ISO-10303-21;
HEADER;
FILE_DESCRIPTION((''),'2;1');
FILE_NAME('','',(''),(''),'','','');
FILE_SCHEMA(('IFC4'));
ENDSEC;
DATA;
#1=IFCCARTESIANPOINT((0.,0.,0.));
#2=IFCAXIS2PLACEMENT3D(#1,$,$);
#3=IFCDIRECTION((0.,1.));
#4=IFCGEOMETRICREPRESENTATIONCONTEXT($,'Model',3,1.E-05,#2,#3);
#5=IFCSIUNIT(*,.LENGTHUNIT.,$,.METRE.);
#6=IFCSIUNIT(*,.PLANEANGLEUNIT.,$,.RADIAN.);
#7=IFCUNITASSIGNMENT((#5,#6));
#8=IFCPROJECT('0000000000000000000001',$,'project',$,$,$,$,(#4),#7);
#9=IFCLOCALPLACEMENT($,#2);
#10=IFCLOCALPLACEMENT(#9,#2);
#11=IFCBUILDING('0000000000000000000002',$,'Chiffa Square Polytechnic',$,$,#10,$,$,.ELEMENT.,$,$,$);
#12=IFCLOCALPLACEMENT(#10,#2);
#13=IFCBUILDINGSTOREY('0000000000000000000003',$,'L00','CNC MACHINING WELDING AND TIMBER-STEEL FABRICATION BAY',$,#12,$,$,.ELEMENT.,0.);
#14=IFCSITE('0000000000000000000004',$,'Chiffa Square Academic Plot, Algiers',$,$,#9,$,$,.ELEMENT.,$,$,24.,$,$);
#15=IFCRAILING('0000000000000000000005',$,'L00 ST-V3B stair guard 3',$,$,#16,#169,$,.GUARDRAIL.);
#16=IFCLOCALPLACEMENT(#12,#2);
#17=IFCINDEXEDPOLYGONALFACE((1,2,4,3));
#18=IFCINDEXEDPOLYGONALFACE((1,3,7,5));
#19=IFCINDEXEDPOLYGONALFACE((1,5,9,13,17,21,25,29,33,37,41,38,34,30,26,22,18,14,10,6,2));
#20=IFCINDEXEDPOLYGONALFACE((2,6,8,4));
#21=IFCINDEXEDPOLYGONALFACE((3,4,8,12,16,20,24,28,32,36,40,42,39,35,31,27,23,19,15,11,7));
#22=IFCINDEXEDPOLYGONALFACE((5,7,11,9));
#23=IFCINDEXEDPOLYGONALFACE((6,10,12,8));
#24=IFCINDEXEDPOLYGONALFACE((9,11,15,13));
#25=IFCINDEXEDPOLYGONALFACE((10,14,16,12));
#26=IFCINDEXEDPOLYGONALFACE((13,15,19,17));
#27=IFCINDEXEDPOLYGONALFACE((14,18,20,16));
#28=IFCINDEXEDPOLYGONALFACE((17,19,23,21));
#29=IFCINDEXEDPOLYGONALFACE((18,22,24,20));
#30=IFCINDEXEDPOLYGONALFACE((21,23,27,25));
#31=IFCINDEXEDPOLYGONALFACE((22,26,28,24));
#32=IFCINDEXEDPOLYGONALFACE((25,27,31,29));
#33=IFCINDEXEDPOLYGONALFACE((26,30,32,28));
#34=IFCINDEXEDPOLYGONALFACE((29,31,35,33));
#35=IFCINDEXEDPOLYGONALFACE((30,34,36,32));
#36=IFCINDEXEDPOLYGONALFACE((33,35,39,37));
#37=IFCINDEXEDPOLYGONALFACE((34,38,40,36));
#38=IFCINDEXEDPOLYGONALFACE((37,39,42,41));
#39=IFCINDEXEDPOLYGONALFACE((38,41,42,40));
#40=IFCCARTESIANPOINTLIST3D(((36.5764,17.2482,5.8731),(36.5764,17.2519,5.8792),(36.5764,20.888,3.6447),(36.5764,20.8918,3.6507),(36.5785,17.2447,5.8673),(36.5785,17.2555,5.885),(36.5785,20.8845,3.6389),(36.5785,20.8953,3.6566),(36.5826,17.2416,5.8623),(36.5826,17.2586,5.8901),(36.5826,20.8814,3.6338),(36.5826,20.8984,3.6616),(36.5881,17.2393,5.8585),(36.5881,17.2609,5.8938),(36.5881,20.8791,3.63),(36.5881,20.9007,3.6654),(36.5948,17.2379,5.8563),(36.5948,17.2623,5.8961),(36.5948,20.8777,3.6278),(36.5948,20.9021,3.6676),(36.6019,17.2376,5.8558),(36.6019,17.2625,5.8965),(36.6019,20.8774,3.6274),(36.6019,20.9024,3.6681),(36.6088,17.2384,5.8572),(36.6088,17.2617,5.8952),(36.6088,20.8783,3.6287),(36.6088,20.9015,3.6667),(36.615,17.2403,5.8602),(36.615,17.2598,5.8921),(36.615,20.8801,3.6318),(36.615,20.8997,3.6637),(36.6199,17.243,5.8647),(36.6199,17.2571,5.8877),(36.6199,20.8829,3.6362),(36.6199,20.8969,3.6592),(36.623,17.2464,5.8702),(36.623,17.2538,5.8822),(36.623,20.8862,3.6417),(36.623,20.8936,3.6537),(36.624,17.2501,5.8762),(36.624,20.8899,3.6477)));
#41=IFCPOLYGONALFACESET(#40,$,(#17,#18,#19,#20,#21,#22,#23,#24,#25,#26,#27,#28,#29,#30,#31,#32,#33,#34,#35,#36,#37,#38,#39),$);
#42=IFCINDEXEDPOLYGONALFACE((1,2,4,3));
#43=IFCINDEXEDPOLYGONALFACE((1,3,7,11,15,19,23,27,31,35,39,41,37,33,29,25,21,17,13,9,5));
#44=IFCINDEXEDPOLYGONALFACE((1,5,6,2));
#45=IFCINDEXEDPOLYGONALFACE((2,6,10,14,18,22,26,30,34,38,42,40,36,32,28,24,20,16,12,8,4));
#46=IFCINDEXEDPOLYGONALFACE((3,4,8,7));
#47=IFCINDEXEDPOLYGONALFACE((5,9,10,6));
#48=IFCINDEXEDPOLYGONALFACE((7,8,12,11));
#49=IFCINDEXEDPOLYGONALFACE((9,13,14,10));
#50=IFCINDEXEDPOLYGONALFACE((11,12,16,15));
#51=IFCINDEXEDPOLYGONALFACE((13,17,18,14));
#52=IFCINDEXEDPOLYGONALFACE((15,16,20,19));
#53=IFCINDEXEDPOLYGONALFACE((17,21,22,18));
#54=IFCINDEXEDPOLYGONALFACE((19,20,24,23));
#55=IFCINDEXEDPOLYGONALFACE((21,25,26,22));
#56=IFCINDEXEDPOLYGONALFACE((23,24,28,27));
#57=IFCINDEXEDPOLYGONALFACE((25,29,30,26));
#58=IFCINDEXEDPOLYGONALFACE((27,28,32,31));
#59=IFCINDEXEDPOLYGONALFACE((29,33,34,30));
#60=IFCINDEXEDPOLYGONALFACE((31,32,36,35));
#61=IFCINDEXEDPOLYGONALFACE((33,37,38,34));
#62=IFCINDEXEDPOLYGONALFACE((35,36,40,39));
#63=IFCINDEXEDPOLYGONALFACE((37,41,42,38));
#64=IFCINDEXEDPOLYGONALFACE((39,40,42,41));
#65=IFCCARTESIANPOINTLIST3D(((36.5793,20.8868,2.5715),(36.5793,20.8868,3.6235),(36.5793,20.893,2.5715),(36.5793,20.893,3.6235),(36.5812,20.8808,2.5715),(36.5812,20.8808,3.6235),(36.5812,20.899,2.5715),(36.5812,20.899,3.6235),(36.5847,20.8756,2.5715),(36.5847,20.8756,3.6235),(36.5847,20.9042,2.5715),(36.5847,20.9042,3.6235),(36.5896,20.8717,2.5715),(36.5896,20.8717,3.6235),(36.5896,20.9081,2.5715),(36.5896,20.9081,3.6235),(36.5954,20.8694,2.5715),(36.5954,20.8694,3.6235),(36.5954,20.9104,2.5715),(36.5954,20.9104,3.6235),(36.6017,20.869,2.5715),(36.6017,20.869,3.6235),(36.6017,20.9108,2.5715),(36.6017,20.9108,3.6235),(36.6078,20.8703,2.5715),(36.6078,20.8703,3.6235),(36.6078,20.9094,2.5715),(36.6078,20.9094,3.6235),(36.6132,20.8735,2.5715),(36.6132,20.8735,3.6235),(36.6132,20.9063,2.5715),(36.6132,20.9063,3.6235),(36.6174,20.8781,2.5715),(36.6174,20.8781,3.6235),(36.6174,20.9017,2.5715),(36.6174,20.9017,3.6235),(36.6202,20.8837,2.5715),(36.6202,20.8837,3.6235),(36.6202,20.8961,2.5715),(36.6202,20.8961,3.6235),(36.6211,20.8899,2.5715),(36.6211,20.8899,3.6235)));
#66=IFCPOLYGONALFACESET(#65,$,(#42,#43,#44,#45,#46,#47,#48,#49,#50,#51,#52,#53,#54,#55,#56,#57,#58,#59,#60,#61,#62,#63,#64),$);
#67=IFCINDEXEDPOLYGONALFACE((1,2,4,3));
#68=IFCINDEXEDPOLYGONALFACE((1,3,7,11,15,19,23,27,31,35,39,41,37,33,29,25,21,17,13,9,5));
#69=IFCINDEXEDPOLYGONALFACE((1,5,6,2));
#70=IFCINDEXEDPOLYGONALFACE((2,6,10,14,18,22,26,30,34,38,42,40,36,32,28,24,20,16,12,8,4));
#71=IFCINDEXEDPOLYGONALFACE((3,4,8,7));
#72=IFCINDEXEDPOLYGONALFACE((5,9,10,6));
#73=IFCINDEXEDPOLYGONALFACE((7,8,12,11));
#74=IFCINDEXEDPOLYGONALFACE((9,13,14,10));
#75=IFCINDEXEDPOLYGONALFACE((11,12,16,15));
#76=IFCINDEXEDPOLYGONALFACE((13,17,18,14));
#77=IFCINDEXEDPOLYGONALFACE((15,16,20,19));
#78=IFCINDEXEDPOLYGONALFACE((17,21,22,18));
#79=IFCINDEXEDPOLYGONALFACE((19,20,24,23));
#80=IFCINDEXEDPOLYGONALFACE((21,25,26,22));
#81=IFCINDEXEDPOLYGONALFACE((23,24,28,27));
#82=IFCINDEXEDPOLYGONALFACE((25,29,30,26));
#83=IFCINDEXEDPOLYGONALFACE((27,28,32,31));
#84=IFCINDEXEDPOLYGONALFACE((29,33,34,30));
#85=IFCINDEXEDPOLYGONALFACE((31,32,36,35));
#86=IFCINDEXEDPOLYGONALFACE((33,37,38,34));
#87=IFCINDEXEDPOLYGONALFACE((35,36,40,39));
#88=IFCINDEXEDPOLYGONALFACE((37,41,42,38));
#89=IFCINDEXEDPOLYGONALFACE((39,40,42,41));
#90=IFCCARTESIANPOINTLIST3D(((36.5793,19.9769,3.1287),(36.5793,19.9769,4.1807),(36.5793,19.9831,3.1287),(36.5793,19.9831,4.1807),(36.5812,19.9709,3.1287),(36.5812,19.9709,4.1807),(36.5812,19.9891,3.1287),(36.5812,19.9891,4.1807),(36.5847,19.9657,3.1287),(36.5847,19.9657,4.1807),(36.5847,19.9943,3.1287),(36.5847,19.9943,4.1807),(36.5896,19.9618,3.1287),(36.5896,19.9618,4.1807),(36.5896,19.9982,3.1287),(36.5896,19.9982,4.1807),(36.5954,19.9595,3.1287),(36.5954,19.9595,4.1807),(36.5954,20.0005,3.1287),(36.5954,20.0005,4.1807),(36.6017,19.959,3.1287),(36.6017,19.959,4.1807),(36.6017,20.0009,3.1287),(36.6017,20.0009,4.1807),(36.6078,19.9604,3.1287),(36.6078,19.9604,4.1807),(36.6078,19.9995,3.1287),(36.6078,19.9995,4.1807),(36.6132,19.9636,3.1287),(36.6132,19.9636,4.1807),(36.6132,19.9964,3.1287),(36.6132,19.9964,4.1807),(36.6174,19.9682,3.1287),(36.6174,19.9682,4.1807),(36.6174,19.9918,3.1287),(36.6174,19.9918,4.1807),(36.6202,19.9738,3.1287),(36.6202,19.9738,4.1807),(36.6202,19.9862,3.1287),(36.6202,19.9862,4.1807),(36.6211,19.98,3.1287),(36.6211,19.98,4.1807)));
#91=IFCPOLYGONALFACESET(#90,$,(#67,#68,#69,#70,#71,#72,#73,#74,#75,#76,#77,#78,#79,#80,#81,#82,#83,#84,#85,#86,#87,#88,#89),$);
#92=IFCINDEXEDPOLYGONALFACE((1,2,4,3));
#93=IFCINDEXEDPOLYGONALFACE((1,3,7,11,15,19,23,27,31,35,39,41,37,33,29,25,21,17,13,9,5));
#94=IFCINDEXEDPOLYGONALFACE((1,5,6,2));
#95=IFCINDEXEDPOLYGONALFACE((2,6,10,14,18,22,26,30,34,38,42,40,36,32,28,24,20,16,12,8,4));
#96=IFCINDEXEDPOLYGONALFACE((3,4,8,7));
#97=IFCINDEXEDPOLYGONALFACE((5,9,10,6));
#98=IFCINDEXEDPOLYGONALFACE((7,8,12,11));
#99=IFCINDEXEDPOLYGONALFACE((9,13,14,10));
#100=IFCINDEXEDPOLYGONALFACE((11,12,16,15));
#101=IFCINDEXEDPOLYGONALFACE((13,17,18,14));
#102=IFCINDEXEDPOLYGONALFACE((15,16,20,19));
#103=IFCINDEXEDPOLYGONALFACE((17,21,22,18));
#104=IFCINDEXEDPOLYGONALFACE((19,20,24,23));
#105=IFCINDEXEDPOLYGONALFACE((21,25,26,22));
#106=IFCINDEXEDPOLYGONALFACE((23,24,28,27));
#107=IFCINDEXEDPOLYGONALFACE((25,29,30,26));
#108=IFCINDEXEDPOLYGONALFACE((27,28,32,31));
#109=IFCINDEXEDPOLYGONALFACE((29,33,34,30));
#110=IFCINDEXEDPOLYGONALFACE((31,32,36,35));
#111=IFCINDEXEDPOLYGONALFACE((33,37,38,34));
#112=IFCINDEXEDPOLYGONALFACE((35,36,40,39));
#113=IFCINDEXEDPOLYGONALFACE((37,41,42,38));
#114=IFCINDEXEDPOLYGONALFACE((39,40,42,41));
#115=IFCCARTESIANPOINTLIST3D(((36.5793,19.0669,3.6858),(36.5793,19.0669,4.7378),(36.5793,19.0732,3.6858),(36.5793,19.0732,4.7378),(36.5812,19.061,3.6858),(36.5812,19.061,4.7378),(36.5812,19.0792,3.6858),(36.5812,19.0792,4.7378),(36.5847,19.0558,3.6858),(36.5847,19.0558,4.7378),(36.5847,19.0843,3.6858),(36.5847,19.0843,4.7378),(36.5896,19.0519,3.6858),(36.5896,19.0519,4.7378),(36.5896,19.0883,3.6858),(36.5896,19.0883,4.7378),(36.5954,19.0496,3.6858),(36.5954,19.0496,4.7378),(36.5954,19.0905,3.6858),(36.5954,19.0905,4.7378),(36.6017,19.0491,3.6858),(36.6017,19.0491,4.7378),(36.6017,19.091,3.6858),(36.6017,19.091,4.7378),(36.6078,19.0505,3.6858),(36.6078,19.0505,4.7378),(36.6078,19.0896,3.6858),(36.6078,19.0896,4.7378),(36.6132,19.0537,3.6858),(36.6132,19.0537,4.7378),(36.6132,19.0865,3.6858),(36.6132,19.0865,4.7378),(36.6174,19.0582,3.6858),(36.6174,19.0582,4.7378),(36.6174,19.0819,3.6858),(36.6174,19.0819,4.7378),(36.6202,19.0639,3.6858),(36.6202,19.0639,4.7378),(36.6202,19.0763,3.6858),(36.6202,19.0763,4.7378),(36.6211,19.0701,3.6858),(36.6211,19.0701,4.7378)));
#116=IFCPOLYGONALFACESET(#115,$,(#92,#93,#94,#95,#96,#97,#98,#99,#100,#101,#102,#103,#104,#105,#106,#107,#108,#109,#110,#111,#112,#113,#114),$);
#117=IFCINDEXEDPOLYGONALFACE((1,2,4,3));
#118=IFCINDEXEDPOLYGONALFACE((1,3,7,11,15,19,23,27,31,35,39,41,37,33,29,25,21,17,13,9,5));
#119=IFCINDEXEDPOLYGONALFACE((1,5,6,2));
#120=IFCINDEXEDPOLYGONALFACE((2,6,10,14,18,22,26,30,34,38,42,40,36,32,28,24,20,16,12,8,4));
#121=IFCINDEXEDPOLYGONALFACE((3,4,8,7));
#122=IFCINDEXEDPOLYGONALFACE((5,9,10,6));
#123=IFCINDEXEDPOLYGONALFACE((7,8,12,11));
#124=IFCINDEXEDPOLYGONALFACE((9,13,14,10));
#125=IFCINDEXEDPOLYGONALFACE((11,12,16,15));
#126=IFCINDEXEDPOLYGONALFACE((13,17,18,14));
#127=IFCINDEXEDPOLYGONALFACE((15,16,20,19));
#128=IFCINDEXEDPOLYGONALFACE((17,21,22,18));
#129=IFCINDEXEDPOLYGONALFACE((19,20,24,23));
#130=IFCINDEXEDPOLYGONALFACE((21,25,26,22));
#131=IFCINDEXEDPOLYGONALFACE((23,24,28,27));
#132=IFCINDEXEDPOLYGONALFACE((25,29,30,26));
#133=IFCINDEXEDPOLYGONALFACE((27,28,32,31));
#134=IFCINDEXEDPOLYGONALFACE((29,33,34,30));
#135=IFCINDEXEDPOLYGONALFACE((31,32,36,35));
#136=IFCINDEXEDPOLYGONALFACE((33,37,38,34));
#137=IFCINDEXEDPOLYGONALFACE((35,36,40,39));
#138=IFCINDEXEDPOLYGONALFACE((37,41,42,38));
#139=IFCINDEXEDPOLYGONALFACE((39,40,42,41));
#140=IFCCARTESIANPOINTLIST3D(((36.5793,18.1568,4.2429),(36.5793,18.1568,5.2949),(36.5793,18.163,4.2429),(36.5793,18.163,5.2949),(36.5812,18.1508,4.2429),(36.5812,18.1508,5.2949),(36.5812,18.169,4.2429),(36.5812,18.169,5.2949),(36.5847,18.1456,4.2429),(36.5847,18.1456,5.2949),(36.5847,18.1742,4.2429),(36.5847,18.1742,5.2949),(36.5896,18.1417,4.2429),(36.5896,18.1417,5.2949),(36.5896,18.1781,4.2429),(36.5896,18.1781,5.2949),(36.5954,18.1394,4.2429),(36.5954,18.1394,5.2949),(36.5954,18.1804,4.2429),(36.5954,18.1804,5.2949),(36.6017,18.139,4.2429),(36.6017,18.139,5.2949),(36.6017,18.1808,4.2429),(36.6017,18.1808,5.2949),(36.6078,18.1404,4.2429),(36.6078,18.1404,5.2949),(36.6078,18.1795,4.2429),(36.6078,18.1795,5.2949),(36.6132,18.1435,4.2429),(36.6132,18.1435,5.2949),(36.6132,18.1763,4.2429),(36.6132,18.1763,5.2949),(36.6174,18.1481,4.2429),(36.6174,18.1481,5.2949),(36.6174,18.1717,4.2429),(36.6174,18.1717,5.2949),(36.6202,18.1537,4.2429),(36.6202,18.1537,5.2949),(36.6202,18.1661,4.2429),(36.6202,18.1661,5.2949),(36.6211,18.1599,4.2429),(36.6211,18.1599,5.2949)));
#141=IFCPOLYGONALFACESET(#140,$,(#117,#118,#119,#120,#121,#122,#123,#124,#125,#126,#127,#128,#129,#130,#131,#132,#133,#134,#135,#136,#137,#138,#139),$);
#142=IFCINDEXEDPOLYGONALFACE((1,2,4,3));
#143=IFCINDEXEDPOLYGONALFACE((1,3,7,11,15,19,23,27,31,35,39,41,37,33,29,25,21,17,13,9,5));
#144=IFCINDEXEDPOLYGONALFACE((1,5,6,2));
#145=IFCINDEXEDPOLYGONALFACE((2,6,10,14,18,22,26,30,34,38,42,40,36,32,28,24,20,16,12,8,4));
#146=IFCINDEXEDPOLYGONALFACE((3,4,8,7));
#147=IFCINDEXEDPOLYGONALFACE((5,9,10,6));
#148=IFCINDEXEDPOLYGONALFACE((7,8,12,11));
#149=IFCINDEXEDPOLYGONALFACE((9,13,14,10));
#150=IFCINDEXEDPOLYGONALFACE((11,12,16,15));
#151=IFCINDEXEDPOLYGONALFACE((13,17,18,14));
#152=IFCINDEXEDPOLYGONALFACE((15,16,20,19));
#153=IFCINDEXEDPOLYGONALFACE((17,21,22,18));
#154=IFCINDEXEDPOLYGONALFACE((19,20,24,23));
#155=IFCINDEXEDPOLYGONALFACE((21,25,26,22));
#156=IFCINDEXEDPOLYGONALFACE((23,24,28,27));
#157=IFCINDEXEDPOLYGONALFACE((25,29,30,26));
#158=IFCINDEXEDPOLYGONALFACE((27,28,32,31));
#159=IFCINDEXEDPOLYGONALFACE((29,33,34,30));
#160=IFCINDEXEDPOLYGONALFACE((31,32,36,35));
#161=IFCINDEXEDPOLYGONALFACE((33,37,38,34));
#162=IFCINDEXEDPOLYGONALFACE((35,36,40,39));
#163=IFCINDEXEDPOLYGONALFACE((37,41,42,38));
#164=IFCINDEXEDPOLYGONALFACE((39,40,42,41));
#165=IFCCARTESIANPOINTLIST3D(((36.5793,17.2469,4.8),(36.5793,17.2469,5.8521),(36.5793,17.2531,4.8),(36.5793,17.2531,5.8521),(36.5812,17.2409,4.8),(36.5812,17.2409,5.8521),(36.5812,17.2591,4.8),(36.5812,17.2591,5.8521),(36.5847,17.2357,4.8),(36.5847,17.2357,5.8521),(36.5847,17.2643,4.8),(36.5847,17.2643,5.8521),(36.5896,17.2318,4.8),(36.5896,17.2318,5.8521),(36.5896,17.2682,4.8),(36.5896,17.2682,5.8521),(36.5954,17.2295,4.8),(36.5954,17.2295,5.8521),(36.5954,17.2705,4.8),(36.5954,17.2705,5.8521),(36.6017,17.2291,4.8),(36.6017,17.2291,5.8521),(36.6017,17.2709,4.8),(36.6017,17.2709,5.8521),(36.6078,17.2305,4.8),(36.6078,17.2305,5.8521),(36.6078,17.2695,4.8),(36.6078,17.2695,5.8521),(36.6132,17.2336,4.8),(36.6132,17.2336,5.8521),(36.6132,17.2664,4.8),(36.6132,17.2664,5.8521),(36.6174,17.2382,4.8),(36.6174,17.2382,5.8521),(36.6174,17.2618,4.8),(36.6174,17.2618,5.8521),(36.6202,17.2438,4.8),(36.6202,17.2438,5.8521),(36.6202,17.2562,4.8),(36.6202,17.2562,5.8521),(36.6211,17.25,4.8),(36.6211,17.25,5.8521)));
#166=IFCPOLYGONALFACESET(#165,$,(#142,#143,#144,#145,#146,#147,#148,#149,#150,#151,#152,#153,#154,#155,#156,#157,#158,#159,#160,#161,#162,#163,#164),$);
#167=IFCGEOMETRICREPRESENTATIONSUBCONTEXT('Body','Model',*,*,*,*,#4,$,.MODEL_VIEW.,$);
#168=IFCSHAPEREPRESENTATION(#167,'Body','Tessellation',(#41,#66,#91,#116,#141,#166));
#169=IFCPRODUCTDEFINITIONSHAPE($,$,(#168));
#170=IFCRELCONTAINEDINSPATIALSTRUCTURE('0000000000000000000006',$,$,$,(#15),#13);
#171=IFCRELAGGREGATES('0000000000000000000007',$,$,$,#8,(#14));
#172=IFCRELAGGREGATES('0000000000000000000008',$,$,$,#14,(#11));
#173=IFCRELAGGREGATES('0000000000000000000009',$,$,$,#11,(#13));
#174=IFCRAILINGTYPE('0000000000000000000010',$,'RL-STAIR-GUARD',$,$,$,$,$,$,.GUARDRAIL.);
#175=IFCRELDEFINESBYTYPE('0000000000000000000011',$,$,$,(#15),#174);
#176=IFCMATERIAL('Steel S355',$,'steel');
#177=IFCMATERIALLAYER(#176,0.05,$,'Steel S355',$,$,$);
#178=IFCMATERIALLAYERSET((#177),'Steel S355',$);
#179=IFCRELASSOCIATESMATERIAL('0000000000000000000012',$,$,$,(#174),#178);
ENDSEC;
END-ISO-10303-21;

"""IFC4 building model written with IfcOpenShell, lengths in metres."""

from ifc_helpers import new_model, si_unit, direction, frame, origin, origin_2d, place, context, subcontext, project, spatial, circle, extrude, material, layer, layer_set, type_object, element, save


model = new_model("IFC4")

# Units and contexts
model_context = context("Model", 3, precision=1e-05, world=origin(), true_north=direction((0.0, 1.0)))
body_context = subcontext(model_context, "Body", "Model", "MODEL_VIEW")
ifc_project = project(units=[si_unit("LENGTHUNIT", "METRE"), si_unit("PLANEANGLEUNIT", "RADIAN")], contexts=[model_context])

# Site, building, storey
site_placement = place(None, origin())
site = spatial("IfcSite", under=ifc_project, at=site_placement, Name="Chiffa Square Academic Plot, Algiers", CompositionType="ELEMENT", RefElevation=24.0)
building_placement = place(site_placement, origin())
building = spatial("IfcBuilding", under=site, at=building_placement, Name="Chiffa Square Polytechnic", CompositionType="ELEMENT")
storey_placement = place(building_placement, origin())
storey = spatial("IfcBuildingStorey", under=building, at=storey_placement, Name="L00", Description="CNC MACHINING WELDING AND TIMBER-STEEL FABRICATION BAY", CompositionType="ELEMENT", Elevation=0.0)

# Railing
ifc_material_1 = material(Name="Steel S355", Category="steel")
ifc_layer_1 = layer(ifc_material_1, 0.05, Name="Steel S355")
ifc_layer_set_1 = layer_set([ifc_layer_1], Name="Steel S355")
railing_type_1 = type_object("IfcRailingType", Name="RL-STAIR-GUARD", PredefinedType="GUARDRAIL", material=ifc_layer_set_1)
railing_1_placement = place(storey_placement, frame((36.6001, 20.8899, 2.5715)))
element("IfcRailing", 1, at=railing_1_placement, inside=storey, type_object=railing_type_1, Name="L00 ST-V3B stair guard 3", PredefinedType="GUARDRAIL", context=body_context, shape_type="SweptSolid", body=[
    extrude(circle(Radius=0.0239, at=origin_2d()), frame((0.0, 0.0, 1.0762), z_axis=(0.0, -0.85285, 0.522156), x_axis=(1.0, 0.0, 0.0)), (0.0, 0.0, 1.0), 4.2678),
    extrude(circle(Radius=0.021, at=origin_2d()), origin(), (0.0, 0.0, 1.0), 1.052),
    extrude(circle(Radius=0.021, at=origin_2d()), frame((0.0, -0.9099, 0.5571)), (0.0, 0.0, 1.0), 1.052),
    extrude(circle(Radius=0.021, at=origin_2d()), frame((0.0, -1.8198, 1.1143)), (0.0, 0.0, 1.0), 1.052),
    extrude(circle(Radius=0.021, at=origin_2d()), frame((0.0, -2.73, 1.6714)), (0.0, 0.0, 1.0), 1.052),
    extrude(circle(Radius=0.021, at=origin_2d()), frame((0.0, -3.6399, 2.2285)), (0.0, 0.0, 1.0), 1.052),
])

save(model, "model.ifc")
